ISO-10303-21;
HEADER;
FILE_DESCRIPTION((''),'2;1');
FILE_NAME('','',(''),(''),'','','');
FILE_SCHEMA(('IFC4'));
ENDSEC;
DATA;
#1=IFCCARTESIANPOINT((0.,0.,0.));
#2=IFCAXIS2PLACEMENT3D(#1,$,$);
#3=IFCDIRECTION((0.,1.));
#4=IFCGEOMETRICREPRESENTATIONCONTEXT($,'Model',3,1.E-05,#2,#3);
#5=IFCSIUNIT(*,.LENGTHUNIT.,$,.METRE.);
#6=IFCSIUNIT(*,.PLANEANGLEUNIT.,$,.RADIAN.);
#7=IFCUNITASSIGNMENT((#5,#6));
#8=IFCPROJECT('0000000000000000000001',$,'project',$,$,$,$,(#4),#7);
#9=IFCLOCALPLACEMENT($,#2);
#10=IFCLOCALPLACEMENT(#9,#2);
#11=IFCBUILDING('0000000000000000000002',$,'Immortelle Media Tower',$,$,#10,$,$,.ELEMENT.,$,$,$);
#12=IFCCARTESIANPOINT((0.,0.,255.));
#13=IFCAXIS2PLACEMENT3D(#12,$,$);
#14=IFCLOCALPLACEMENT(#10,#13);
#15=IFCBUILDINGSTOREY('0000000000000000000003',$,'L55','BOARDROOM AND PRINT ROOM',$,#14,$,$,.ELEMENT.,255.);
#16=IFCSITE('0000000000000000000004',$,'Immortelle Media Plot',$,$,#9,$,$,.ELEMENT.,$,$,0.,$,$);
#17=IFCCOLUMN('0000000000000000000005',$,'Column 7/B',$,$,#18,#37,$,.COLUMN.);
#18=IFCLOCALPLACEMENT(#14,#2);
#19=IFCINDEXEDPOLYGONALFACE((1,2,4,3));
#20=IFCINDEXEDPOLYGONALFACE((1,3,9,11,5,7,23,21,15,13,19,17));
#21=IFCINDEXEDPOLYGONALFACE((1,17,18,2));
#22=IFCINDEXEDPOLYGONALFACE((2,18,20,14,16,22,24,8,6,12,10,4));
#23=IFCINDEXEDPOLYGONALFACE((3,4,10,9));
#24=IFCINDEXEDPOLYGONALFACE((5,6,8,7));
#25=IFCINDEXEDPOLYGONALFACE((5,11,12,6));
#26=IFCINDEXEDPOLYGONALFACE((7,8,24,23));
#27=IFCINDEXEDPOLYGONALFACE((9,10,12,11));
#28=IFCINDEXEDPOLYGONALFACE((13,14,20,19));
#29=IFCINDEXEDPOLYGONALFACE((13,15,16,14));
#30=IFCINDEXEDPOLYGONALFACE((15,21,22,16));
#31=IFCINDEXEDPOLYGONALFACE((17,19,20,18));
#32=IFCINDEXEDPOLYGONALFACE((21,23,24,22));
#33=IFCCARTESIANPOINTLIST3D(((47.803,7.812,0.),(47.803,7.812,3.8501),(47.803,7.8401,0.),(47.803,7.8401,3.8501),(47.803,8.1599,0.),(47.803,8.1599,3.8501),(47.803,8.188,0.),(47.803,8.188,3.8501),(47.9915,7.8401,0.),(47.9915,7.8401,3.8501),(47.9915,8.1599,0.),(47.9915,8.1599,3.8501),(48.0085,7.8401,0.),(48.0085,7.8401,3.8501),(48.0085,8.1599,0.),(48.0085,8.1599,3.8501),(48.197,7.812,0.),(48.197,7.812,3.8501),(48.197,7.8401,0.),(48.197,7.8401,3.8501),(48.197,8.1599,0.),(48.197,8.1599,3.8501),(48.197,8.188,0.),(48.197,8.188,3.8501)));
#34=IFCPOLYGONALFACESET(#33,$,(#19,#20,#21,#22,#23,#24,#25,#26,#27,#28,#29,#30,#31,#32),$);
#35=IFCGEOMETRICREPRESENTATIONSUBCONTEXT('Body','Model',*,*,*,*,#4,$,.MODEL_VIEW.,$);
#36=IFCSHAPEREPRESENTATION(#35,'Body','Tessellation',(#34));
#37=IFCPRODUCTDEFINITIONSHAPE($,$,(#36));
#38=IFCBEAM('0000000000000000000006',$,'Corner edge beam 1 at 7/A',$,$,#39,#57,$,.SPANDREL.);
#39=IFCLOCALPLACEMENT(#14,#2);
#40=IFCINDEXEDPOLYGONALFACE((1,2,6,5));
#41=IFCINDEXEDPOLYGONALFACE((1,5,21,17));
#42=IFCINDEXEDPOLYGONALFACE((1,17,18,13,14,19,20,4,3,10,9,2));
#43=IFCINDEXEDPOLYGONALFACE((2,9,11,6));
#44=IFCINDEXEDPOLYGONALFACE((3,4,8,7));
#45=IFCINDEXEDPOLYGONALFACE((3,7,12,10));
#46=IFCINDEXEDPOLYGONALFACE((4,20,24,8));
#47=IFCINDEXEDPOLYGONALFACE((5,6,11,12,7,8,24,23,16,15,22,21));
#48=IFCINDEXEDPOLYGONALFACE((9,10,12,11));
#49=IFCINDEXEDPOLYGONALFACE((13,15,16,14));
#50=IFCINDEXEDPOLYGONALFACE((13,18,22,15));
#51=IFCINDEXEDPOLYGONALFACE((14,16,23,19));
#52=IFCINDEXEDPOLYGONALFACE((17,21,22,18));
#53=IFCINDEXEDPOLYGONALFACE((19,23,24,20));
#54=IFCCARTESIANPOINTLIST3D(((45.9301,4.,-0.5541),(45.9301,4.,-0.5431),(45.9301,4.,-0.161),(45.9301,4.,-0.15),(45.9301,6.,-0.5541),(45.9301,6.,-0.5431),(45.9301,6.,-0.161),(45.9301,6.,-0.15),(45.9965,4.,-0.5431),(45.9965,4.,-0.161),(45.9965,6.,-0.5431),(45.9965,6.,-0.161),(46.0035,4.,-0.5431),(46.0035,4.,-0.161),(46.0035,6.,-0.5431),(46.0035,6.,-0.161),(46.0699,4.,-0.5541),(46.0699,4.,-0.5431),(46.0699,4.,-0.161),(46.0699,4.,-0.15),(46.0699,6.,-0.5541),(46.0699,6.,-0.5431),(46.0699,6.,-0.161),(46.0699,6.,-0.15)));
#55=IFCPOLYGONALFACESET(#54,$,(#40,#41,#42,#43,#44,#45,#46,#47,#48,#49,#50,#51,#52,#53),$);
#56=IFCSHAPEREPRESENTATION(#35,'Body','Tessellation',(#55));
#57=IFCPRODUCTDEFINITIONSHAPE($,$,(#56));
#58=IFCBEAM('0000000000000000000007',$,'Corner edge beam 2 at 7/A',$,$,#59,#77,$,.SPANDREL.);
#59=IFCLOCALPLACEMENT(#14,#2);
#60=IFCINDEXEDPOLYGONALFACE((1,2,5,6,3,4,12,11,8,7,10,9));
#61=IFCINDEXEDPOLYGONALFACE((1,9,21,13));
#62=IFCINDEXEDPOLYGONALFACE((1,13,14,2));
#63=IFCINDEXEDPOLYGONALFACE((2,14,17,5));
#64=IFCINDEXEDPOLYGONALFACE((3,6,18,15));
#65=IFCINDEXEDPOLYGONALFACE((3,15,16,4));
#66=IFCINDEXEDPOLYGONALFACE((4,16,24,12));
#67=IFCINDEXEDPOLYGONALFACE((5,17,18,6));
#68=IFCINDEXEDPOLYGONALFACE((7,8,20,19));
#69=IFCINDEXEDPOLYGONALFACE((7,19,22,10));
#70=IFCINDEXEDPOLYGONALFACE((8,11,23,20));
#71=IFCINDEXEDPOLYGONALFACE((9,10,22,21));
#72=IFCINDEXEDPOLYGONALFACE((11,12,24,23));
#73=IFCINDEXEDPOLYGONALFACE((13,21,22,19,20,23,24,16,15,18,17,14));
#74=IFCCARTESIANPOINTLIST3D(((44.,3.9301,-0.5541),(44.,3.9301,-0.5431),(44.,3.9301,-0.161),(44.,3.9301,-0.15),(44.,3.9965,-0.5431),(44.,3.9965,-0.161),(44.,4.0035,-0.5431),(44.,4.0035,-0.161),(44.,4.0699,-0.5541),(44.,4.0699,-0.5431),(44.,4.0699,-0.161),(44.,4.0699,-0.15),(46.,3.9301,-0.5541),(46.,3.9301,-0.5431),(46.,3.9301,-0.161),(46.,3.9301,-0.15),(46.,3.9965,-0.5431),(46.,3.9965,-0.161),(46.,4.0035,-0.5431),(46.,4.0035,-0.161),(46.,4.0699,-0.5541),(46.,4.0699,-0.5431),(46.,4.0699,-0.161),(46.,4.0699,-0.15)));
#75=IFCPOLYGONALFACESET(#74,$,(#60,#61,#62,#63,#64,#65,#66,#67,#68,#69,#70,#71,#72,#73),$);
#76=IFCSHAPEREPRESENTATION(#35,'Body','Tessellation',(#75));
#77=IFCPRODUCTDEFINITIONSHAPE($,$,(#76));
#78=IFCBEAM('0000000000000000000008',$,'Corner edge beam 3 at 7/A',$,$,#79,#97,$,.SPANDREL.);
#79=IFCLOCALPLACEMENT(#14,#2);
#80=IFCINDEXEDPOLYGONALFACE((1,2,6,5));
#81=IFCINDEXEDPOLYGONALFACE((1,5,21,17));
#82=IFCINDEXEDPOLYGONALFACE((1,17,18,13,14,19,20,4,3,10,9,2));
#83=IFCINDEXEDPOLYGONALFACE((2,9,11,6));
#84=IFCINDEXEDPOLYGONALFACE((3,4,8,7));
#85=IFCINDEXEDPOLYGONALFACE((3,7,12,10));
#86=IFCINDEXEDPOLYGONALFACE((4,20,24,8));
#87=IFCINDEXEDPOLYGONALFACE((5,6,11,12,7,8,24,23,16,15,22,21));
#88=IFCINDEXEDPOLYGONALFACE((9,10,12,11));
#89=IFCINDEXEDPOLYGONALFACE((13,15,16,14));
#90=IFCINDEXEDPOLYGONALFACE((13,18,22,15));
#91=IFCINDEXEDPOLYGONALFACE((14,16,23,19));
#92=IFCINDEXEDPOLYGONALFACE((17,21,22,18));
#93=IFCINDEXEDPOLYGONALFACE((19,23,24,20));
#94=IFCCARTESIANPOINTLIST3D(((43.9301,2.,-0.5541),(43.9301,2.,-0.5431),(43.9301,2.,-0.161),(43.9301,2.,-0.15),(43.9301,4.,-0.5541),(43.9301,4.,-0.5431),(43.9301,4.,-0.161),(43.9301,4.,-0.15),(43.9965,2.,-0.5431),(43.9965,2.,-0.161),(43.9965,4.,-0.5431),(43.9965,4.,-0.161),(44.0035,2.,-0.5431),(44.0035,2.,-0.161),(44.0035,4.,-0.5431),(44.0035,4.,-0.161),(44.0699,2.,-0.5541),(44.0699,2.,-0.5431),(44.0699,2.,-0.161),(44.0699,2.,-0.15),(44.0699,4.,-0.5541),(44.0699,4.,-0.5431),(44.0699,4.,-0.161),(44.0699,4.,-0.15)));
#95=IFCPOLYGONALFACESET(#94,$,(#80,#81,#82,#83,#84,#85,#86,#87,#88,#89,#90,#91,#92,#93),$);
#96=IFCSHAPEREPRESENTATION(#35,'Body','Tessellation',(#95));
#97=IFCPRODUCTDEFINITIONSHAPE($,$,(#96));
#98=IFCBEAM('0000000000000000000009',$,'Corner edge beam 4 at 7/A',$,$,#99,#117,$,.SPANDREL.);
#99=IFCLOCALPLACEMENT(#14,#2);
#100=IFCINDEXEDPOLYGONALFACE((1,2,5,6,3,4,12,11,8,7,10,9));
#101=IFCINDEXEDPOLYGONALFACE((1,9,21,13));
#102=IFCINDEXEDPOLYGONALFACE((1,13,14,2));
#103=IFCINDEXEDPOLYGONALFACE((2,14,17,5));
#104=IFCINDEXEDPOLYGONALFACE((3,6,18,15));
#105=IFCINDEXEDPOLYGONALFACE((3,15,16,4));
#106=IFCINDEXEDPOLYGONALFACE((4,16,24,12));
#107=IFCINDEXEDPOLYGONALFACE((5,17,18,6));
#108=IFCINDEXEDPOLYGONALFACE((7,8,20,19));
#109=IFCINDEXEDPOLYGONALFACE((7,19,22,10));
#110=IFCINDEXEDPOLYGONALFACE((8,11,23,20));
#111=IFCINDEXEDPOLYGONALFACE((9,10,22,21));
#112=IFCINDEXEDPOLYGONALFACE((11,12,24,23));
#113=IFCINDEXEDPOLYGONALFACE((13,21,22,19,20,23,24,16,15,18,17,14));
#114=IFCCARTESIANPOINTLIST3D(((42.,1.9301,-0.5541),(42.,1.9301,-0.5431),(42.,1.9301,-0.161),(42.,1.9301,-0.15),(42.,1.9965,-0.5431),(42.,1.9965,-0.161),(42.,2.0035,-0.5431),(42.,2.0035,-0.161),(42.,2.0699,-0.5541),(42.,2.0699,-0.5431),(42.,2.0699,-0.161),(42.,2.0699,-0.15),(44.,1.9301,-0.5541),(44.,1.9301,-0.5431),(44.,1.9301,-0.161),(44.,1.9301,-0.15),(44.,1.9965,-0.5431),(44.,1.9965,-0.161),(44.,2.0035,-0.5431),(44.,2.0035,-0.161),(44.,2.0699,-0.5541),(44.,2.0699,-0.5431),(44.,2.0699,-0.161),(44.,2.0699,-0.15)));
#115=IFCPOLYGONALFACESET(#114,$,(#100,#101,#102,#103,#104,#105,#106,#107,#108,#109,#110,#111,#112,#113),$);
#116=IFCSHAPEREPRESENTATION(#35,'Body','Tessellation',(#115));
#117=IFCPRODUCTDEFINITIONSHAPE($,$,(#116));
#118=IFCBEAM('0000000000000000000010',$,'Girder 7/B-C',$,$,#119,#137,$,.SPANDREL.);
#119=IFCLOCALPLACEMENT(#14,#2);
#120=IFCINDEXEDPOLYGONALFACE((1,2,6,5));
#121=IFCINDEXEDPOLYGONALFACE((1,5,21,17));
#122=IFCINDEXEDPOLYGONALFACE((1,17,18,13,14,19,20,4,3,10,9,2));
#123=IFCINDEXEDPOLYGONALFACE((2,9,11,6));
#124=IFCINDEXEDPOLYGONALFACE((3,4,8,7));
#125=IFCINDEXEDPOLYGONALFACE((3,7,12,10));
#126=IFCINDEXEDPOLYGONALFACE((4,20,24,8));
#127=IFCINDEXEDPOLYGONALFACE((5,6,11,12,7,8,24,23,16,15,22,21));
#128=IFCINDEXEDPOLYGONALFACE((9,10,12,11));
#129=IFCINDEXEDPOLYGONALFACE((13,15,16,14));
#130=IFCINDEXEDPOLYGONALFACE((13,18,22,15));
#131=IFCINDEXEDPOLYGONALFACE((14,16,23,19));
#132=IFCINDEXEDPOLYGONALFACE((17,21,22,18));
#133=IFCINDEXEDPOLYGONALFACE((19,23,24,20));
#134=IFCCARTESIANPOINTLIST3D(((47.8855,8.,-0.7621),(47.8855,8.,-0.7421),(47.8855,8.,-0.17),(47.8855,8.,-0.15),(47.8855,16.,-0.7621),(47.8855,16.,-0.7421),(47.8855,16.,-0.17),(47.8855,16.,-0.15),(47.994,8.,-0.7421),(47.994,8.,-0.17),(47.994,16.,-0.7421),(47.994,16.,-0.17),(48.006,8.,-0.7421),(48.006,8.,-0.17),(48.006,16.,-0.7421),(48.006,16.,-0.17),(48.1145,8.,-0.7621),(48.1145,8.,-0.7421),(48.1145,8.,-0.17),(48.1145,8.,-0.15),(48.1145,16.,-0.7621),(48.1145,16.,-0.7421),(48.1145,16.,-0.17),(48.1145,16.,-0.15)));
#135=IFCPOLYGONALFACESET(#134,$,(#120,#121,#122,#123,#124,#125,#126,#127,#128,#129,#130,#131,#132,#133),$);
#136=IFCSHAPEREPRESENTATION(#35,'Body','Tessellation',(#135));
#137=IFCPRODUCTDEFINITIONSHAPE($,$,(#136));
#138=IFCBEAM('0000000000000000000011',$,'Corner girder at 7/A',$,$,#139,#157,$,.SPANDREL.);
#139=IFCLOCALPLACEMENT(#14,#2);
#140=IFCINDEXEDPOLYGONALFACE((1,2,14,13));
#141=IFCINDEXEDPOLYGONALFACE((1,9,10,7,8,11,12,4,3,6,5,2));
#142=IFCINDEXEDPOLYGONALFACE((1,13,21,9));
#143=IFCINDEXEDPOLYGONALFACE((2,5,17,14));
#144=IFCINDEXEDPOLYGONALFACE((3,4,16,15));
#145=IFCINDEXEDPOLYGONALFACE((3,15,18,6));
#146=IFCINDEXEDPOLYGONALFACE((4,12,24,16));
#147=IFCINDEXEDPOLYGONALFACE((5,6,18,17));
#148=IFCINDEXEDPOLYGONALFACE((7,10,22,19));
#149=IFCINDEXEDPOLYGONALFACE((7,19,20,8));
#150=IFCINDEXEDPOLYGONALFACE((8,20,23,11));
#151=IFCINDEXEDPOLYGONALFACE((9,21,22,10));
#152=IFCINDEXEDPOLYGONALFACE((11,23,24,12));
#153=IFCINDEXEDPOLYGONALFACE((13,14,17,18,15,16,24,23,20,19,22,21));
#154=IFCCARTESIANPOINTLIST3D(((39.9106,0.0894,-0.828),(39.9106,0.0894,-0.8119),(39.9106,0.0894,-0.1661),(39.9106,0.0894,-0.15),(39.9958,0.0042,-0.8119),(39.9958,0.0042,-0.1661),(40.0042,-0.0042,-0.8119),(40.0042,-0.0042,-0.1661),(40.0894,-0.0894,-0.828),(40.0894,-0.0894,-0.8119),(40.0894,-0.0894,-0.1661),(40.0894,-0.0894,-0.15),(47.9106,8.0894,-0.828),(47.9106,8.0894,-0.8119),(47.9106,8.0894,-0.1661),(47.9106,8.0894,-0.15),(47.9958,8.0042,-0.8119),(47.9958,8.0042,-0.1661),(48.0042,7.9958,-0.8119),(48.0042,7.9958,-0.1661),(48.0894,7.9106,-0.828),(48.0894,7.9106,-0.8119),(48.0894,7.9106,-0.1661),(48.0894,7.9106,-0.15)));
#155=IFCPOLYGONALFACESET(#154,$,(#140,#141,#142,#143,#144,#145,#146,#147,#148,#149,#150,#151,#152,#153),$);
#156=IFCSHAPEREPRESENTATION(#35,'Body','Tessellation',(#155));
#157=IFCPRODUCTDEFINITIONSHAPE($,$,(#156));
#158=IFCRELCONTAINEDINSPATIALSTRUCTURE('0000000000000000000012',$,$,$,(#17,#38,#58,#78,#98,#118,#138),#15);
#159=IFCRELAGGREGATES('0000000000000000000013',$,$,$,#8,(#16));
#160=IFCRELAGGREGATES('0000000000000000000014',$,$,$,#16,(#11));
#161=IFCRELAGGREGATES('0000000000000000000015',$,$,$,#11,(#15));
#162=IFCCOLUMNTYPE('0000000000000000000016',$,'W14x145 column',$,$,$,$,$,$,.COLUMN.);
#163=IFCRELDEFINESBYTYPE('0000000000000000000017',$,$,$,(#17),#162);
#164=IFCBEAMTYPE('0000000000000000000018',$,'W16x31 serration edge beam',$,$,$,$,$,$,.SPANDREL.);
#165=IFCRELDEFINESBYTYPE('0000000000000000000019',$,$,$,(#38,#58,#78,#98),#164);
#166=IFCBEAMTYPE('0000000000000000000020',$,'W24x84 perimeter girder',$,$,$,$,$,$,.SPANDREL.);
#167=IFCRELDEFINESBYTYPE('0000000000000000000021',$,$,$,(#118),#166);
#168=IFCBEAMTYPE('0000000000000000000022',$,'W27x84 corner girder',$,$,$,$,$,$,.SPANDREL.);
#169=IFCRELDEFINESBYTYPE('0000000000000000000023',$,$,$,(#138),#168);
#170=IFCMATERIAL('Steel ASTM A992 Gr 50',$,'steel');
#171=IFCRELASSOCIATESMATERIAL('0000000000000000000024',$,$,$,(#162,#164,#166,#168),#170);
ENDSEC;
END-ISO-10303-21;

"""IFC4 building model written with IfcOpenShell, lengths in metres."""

from ifc_helpers import new_model, si_unit, direction, frame, origin, origin_2d, place, context, subcontext, project, spatial, i_section, extrude, material, material_profile, profile_set, type_object, element, save


model = new_model("IFC4")

# Units and contexts
model_context = context("Model", 3, precision=1e-05, world=origin(), true_north=direction((0.0, 1.0)))
body_context = subcontext(model_context, "Body", "Model", "MODEL_VIEW")
ifc_project = project(units=[si_unit("LENGTHUNIT", "METRE"), si_unit("PLANEANGLEUNIT", "RADIAN")], contexts=[model_context])

# Site, building, storey
site_placement = place(None, origin())
site = spatial("IfcSite", under=ifc_project, at=site_placement, Name="Immortelle Media Plot", CompositionType="ELEMENT", RefElevation=0.0)
building_placement = place(site_placement, origin())
building = spatial("IfcBuilding", under=site, at=building_placement, Name="Immortelle Media Tower", CompositionType="ELEMENT")
storey_placement = place(building_placement, frame((0.0, 0.0, 255.0)))
storey = spatial("IfcBuildingStorey", under=building, at=storey_placement, Name="L55", Description="BOARDROOM AND PRINT ROOM", CompositionType="ELEMENT", Elevation=255.0)

# Column
ifc_material_1 = material(Name="Steel ASTM A992 Gr 50", Category="steel")
ifc_material_profile_1 = material_profile(ifc_material_1, i_section(OverallWidth=0.394, OverallDepth=0.376, WebThickness=0.0171, FlangeThickness=0.0281, at=origin_2d()), Name="W14x145")
ifc_profile_set_1 = profile_set([ifc_material_profile_1], Name="Steel ASTM A992 Gr 50")
column_type = type_object("IfcColumnType", Name="W14x145 column", PredefinedType="COLUMN", material=ifc_profile_set_1)
column_placement = place(storey_placement, frame((48.0, 8.0, 0.0), z_axis=(0.0, 0.0, 1.0), x_axis=(1.0, 0.0, 0.0)))
element("IfcColumn", 1, at=column_placement, inside=storey, type_object=column_type, Name="Column 7/B", PredefinedType="COLUMN", context=body_context, shape_type="SweptSolid", body=[
    extrude(i_section(OverallWidth=0.394, OverallDepth=0.376, WebThickness=0.0171, FlangeThickness=0.0281, at=origin_2d()), origin(), (0.0, 0.0, 1.0), 3.8501),
])

# Beams
ifc_material_profile_2 = material_profile(ifc_material_1, i_section(OverallWidth=0.1399, OverallDepth=0.4041, WebThickness=0.0071, FlangeThickness=0.011, at=origin_2d()), Name="W16x31")
ifc_profile_set_2 = profile_set([ifc_material_profile_2], Name="Steel ASTM A992 Gr 50")
beam_type_1 = type_object("IfcBeamType", Name="W16x31 serration edge beam", PredefinedType="SPANDREL", material=ifc_profile_set_2)
for number, where, z_axis, x_axis, name in (
    (2, (46.0, 6.0, -0.3521), (0.0, -1.0, 0.0), (1.0, 0.0, 0.0), "Corner edge beam 1 at 7/A"),
    (3, (46.0, 4.0, -0.3521), (-1.0, 0.0, 0.0), (0.0, -1.0, 0.0), "Corner edge beam 2 at 7/A"),
    (4, (44.0, 4.0, -0.3521), (0.0, -1.0, 0.0), (1.0, 0.0, 0.0), "Corner edge beam 3 at 7/A"),
    (5, (44.0, 2.0, -0.3521), (-1.0, 0.0, 0.0), (0.0, -1.0, 0.0), "Corner edge beam 4 at 7/A"),
):
    element("IfcBeam", number, at=place(storey_placement, frame(where, z_axis=z_axis, x_axis=x_axis)), inside=storey, type_object=beam_type_1, Name=name, PredefinedType="SPANDREL", context=body_context, shape_type="SweptSolid", body=[
        extrude(i_section(OverallWidth=0.1399, OverallDepth=0.4041, WebThickness=0.0071, FlangeThickness=0.011, at=origin_2d()), origin(), (0.0, 0.0, 1.0), 2.0),
    ])
ifc_material_profile_3 = material_profile(ifc_material_1, i_section(OverallWidth=0.229, OverallDepth=0.6121, WebThickness=0.012, FlangeThickness=0.02, at=origin_2d()), Name="W24x84")
ifc_profile_set_3 = profile_set([ifc_material_profile_3], Name="Steel ASTM A992 Gr 50")
beam_type_2 = type_object("IfcBeamType", Name="W24x84 perimeter girder", PredefinedType="SPANDREL", material=ifc_profile_set_3)
beam_1_placement = place(storey_placement, frame((48.0, 8.0, -0.4561), z_axis=(0.0, 1.0, 0.0), x_axis=(-1.0, 0.0, 0.0)))
element("IfcBeam", 6, at=beam_1_placement, inside=storey, type_object=beam_type_2, Name="Girder 7/B-C", PredefinedType="SPANDREL", context=body_context, shape_type="SweptSolid", body=[
    extrude(i_section(OverallWidth=0.229, OverallDepth=0.6121, WebThickness=0.012, FlangeThickness=0.02, at=origin_2d()), origin(), (0.0, 0.0, 1.0), 8.0),
])
ifc_material_profile_4 = material_profile(ifc_material_1, i_section(OverallWidth=0.2529, OverallDepth=0.678, WebThickness=0.012, FlangeThickness=0.0161, at=origin_2d()), Name="W27x84")
ifc_profile_set_4 = profile_set([ifc_material_profile_4], Name="Steel ASTM A992 Gr 50")
beam_type_3 = type_object("IfcBeamType", Name="W27x84 corner girder", PredefinedType="SPANDREL", material=ifc_profile_set_4)
beam_2_placement = place(storey_placement, frame((48.0, 8.0, -0.489), z_axis=(-0.707107, -0.707107, 0.0), x_axis=(0.707107, -0.707107, 0.0)))
element("IfcBeam", 7, at=beam_2_placement, inside=storey, type_object=beam_type_3, Name="Corner girder at 7/A", PredefinedType="SPANDREL", context=body_context, shape_type="SweptSolid", body=[
    extrude(i_section(OverallWidth=0.2529, OverallDepth=0.678, WebThickness=0.012, FlangeThickness=0.0161, at=origin_2d()), origin(), (0.0, 0.0, 1.0), 11.3137),
])

save(model, "model.ifc")
